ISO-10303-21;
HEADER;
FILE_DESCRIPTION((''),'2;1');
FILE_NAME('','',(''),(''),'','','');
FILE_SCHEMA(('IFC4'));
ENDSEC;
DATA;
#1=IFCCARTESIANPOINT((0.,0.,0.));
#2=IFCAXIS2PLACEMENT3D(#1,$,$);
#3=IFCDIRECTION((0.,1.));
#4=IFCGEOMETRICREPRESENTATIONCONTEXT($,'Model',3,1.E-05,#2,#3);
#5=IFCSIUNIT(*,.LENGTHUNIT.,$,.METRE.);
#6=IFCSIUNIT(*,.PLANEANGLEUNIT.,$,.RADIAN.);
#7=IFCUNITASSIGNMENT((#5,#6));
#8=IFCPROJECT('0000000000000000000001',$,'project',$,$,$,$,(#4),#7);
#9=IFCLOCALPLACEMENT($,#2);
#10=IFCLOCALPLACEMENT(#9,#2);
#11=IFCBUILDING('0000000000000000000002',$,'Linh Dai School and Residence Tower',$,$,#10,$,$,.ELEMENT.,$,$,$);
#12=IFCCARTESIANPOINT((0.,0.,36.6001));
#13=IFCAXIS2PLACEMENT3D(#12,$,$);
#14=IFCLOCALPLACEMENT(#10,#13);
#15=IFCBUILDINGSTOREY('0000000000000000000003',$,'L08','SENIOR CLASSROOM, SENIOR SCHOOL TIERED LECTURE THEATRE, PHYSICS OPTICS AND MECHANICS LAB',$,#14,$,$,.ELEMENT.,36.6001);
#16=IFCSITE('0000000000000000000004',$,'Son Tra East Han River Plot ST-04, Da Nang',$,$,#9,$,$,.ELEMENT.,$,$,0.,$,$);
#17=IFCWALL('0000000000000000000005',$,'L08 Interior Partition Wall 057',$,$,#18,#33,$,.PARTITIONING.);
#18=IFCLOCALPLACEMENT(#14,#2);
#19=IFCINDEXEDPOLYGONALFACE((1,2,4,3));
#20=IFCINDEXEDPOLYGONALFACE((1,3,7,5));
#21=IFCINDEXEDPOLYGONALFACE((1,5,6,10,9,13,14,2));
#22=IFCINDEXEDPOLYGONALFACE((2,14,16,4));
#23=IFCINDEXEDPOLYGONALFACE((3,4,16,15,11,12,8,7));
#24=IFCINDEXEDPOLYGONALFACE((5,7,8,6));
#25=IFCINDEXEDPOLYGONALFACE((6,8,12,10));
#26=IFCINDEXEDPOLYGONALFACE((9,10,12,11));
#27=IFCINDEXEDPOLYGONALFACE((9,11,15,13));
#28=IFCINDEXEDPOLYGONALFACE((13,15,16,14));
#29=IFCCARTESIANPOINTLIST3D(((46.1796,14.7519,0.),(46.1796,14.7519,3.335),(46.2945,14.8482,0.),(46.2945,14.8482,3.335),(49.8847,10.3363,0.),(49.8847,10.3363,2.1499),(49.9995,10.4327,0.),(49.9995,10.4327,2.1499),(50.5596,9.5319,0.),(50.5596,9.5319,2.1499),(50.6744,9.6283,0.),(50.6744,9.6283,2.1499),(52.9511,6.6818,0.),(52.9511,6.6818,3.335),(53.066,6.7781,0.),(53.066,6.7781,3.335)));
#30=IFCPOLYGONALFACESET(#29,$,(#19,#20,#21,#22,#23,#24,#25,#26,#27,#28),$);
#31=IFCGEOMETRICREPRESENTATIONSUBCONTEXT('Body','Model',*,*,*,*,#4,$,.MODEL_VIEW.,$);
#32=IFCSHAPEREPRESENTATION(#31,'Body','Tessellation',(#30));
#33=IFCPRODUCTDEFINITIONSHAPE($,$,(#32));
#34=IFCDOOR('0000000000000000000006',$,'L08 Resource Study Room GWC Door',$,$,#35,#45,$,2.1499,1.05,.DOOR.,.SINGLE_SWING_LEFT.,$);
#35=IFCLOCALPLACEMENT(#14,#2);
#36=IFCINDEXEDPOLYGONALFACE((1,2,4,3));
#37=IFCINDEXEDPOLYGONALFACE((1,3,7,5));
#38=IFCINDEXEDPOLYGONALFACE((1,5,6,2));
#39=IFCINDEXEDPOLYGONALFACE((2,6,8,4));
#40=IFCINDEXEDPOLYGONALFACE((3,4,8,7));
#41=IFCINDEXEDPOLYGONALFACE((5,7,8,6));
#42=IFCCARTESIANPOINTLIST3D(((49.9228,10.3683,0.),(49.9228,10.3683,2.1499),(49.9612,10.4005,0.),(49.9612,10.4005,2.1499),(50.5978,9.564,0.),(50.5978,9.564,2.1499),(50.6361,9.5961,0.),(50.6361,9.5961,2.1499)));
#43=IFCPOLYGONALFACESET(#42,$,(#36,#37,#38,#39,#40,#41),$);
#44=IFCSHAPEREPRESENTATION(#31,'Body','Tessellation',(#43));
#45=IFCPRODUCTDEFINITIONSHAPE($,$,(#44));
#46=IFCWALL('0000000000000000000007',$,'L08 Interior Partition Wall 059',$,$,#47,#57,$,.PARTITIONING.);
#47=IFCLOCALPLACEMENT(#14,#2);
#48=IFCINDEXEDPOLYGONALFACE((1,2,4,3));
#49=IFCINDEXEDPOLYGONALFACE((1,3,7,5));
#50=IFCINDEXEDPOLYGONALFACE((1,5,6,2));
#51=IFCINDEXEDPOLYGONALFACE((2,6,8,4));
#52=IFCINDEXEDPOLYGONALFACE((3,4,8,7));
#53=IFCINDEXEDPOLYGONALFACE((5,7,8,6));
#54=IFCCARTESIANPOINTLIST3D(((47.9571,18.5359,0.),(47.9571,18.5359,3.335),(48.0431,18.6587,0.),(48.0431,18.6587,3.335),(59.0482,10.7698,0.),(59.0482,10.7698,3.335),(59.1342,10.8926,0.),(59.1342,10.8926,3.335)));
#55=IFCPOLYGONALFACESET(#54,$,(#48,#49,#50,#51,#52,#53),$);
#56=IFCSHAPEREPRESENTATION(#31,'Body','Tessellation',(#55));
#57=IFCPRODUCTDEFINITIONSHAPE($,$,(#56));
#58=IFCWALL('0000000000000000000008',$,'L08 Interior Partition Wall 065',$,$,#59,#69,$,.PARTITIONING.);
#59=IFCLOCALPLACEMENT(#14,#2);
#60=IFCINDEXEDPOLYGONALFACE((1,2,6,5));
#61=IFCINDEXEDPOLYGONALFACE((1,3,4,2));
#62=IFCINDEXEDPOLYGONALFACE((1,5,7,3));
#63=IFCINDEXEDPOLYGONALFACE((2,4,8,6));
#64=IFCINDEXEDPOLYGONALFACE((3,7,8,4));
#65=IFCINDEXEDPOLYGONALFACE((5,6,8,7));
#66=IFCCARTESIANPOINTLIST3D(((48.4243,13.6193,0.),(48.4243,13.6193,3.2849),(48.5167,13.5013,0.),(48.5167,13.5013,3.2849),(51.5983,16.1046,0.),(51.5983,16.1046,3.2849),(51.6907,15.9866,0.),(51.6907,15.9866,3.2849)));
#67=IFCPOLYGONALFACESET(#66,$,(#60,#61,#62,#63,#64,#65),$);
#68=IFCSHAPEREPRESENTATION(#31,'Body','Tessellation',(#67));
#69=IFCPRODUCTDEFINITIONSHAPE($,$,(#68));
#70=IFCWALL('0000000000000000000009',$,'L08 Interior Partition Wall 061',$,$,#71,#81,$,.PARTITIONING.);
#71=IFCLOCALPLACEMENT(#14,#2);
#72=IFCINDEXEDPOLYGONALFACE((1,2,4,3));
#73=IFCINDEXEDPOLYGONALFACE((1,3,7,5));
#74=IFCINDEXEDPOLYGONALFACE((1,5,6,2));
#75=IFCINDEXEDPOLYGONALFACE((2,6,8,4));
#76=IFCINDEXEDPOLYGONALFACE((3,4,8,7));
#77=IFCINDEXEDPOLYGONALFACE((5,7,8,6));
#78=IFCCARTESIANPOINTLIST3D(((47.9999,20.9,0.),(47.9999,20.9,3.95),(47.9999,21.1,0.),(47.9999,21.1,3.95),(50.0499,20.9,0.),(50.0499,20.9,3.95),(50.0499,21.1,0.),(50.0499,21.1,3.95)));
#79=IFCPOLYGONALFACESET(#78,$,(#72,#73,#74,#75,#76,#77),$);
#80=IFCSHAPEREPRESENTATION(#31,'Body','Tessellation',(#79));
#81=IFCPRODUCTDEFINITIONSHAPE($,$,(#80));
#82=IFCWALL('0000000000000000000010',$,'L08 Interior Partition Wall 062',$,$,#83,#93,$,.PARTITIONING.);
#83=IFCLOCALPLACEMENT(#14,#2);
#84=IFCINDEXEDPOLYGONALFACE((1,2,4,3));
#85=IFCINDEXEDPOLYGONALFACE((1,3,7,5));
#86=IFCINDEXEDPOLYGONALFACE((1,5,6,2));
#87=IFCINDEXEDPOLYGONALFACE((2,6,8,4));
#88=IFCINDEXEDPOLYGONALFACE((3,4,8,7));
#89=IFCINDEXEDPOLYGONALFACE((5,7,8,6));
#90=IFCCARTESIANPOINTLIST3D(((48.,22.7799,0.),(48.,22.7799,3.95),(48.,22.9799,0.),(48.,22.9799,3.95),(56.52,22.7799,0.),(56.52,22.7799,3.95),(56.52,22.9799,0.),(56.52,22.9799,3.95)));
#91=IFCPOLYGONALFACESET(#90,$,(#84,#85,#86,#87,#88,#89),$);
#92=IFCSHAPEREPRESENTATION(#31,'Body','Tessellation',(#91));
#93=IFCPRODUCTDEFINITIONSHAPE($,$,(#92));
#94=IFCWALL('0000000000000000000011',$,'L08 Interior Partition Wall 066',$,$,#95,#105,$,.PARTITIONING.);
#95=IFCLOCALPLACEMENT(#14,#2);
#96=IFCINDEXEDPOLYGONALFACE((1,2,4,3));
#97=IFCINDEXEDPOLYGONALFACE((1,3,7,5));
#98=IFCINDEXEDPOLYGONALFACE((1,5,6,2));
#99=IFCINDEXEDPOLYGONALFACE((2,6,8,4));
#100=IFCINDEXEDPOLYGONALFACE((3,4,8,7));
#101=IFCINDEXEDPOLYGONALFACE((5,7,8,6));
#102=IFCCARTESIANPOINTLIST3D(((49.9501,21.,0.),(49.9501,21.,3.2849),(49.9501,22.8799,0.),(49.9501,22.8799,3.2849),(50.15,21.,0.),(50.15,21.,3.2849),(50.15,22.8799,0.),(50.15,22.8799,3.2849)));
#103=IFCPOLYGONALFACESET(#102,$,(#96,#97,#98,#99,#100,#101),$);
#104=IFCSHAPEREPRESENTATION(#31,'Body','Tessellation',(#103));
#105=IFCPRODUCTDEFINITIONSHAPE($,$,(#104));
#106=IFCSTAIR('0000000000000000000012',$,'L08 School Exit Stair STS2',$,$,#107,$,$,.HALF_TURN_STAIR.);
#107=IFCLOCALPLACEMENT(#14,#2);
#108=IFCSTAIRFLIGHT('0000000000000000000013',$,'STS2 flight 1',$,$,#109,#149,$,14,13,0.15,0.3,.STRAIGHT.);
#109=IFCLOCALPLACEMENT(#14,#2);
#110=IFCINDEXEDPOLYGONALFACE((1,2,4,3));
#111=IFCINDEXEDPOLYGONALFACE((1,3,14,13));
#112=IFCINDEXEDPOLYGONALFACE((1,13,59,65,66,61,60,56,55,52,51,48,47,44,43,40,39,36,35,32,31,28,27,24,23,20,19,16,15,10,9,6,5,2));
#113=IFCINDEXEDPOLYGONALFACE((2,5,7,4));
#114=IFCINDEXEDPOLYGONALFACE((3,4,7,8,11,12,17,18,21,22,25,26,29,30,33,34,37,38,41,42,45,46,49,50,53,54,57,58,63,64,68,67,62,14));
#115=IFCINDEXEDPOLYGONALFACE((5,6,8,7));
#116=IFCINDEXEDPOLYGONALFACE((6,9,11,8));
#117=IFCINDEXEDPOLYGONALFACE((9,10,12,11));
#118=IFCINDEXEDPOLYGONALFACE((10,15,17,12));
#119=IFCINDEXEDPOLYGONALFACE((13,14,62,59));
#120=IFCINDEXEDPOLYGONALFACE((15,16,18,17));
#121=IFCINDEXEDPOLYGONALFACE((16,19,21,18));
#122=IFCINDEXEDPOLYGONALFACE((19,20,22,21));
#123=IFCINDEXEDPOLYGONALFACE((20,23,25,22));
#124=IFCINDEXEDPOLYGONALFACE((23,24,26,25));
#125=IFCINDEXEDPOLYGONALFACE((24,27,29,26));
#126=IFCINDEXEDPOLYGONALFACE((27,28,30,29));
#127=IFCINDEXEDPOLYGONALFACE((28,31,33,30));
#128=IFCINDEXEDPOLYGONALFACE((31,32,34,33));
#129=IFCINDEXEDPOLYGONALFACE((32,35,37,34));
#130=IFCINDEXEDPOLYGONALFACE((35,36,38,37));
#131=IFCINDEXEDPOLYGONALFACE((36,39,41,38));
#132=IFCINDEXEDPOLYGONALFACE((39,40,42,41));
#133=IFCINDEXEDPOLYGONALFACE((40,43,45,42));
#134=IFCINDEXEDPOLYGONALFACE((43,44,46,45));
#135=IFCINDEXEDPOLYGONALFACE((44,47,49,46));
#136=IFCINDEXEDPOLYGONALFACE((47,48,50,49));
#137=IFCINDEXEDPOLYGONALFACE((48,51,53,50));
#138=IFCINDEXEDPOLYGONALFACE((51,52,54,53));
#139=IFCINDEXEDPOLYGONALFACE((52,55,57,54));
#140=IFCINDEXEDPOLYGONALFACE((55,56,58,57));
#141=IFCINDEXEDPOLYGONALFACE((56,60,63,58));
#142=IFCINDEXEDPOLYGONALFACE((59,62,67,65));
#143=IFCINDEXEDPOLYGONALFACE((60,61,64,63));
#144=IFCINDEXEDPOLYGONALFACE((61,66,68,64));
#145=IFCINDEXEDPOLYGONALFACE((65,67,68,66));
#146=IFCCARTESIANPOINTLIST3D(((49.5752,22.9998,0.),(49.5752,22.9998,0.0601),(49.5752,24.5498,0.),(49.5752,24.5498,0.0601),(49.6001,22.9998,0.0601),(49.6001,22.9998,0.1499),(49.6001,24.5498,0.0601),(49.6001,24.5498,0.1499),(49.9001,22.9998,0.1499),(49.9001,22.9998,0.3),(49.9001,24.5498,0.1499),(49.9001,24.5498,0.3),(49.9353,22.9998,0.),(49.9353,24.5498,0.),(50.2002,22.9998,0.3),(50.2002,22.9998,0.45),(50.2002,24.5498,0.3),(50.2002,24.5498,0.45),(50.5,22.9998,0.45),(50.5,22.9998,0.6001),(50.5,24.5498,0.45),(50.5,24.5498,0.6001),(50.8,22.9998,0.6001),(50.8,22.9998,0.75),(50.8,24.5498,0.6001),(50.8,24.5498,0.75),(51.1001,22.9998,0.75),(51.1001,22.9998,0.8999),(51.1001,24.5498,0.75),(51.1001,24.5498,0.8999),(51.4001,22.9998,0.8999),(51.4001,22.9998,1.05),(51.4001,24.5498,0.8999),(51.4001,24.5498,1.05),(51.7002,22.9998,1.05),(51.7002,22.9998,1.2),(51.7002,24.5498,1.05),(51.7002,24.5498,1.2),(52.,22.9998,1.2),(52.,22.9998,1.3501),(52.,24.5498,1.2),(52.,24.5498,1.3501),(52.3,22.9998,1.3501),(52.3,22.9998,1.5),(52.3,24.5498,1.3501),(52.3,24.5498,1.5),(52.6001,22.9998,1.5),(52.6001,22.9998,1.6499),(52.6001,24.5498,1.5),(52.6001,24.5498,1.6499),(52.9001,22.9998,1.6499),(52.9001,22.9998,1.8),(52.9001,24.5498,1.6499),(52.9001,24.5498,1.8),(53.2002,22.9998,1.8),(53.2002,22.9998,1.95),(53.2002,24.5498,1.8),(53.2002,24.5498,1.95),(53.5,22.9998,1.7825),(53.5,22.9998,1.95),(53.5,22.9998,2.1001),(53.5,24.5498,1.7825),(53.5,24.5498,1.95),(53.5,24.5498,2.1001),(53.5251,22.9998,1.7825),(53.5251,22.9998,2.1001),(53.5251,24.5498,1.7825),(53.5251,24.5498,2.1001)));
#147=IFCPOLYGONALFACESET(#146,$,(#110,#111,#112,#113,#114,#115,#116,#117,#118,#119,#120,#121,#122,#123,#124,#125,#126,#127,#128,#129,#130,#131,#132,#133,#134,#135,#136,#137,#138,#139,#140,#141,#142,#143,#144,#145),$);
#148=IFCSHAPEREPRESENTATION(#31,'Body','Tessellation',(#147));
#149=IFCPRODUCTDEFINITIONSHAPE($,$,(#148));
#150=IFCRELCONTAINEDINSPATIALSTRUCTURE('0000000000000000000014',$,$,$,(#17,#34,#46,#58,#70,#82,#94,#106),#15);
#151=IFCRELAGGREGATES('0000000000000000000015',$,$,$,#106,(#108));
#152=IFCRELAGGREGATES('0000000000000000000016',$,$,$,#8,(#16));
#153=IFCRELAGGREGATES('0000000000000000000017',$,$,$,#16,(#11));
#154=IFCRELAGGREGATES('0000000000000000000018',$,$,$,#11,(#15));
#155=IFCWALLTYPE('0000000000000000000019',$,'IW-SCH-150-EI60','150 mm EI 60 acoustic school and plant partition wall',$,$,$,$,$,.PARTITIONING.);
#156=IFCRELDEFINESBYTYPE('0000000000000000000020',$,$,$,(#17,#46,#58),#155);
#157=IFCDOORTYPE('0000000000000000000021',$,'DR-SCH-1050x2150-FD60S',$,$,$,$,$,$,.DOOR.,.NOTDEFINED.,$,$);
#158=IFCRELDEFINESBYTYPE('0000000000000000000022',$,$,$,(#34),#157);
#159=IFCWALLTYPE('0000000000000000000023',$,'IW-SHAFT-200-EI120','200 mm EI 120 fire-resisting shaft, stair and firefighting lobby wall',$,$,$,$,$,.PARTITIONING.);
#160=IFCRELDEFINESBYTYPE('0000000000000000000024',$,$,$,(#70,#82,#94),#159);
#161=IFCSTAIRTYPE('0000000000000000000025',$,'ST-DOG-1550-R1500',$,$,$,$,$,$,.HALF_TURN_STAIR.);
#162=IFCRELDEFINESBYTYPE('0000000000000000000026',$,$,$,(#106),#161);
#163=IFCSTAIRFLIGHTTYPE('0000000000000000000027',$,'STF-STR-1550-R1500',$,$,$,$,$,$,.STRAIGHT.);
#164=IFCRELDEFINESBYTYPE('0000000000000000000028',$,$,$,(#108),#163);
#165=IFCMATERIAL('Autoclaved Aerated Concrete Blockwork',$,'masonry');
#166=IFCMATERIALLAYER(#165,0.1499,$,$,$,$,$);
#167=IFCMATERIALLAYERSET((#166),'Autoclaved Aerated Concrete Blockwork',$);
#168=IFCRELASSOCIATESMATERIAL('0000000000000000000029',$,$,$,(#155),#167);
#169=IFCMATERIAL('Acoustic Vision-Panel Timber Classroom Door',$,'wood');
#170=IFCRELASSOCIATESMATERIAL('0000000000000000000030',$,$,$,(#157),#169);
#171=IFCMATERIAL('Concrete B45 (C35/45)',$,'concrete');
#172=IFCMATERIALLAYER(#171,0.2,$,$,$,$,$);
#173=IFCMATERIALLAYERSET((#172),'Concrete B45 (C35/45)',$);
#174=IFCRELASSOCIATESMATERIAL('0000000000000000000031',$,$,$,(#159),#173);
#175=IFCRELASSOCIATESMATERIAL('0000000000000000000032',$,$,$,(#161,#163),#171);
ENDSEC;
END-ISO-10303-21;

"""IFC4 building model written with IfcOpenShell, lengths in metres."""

from ifc_helpers import new_model, si_unit, direction, frame, frame_2d, origin, origin_2d, place, context, subcontext, project, spatial, polyline, rectangle, outline, extrude, source, transform, mapped, material, layer, layer_set, type_object, element, fill, aggregate, save


model = new_model("IFC4")

# Units and contexts
model_context = context("Model", 3, precision=1e-05, world=origin(), true_north=direction((0.0, 1.0)))
body_context = subcontext(model_context, "Body", "Model", "MODEL_VIEW")
ifc_project = project(units=[si_unit("LENGTHUNIT", "METRE"), si_unit("PLANEANGLEUNIT", "RADIAN")], contexts=[model_context])

# Site, building, storey
site_placement = place(None, origin())
site = spatial("IfcSite", under=ifc_project, at=site_placement, Name="Son Tra East Han River Plot ST-04, Da Nang", CompositionType="ELEMENT", RefElevation=0.0)
building_placement = place(site_placement, origin())
building = spatial("IfcBuilding", under=site, at=building_placement, Name="Linh Dai School and Residence Tower", CompositionType="ELEMENT")
storey_placement = place(building_placement, frame((0.0, 0.0, 36.6001)))
storey = spatial("IfcBuildingStorey", under=building, at=storey_placement, Name="L08", Description="SENIOR CLASSROOM, SENIOR SCHOOL TIERED LECTURE THEATRE, PHYSICS OPTICS AND MECHANICS LAB", CompositionType="ELEMENT", Elevation=36.6001)

# Shared definitions
ifc_material_1 = material(Name="Autoclaved Aerated Concrete Blockwork", Category="masonry")

# Wall, opening, door
ifc_layer_1 = layer(ifc_material_1, 0.1499)
ifc_layer_set_1 = layer_set([ifc_layer_1], Name="Autoclaved Aerated Concrete Blockwork")
wall_type_1 = type_object("IfcWallType", Name="IW-SCH-150-EI60", Description="150 mm EI 60 acoustic school and plant partition wall", PredefinedType="PARTITIONING", material=ifc_layer_set_1)
wall_1_placement = place(storey_placement, frame((46.2371, 14.8, 0.0), z_axis=(0.0, 0.0, 1.0), x_axis=(0.642782, -0.766049, 0.0)))
wall_1 = element("IfcWall", 1, at=wall_1_placement, inside=storey, type_object=wall_type_1, Name="L08 Interior Partition Wall 057", PredefinedType="PARTITIONING", context=body_context, shape_type="SweptSolid", body=[
    extrude(rectangle(XDim=10.5347, YDim=0.1499, at=frame_2d((5.2673, 0.0))), origin(), (0.0, 0.0, 1.0), 3.335),
])
opening_1_placement = place(wall_1_placement, frame((5.7642, 0.0, 0.0)))
opening_1 = element("IfcOpeningElement", 2, at=opening_1_placement, cuts=wall_1, PredefinedType="OPENING", context=body_context, shape_type="SweptSolid", body=[
    extrude(rectangle(XDim=1.05, YDim=2.1499, at=origin_2d()), frame((0.5249, 0.085, 1.075), z_axis=(0.0, -1.0, 0.0), x_axis=(1.0, 0.0, 0.0)), (0.0, 0.0, 1.0), 0.1699),
])
ifc_material_2 = material(Name="Acoustic Vision-Panel Timber Classroom Door", Category="wood")
door_type_1 = type_object("IfcDoorType", Name="DR-SCH-1050x2150-FD60S", OperationType="NOTDEFINED", PredefinedType="DOOR", material=ifc_material_2)
shared_shape_1 = source(origin(), body_context, "Body", "SweptSolid", [
    extrude(rectangle(XDim=1.05, YDim=2.1499, at=origin_2d()), frame((0.5249, 0.0249, 1.075), z_axis=(0.0, -1.0, 0.0), x_axis=(1.0, 0.0, 0.0)), (0.0, 0.0, 1.0), 0.05),
])
door_1_placement = place(opening_1_placement, origin())
door_1 = element("IfcDoor", 3, at=door_1_placement, inside=storey, type_object=door_type_1, Name="L08 Resource Study Room GWC Door", OperationType="SINGLE_SWING_LEFT", OverallHeight=2.1499, OverallWidth=1.05, PredefinedType="DOOR", context=body_context, shape_type="MappedRepresentation", body=[
    mapped(shared_shape_1, transform((0.0, 0.0, 0.0), x_axis=(1.0, 0.0, 0.0), y_axis=(0.0, 1.0, 0.0), z_axis=(0.0, 0.0, 1.0), scale=1.0)),
])
fill(opening_1, door_1)

# Walls
wall_2_placement = place(storey_placement, frame((48.0, 18.5974, 0.0), z_axis=(0.0, 0.0, 1.0), x_axis=(0.81915, -0.57358, 0.0)))
element("IfcWall", 4, at=wall_2_placement, inside=storey, type_object=wall_type_1, Name="L08 Interior Partition Wall 059", PredefinedType="PARTITIONING", context=body_context, shape_type="SweptSolid", body=[
    extrude(rectangle(XDim=13.5398, YDim=0.1499, at=frame_2d((6.77, 0.0))), origin(), (0.0, 0.0, 1.0), 3.335),
])
wall_3_placement = place(storey_placement, frame((48.4705, 13.5603, 0.0), z_axis=(0.0, 0.0, 1.0), x_axis=(0.787349, 0.616507, 0.0)))
element("IfcWall", 5, at=wall_3_placement, inside=storey, type_object=wall_type_1, Name="L08 Interior Partition Wall 065", PredefinedType="PARTITIONING", context=body_context, shape_type="SweptSolid", body=[
    extrude(rectangle(XDim=4.0312, YDim=0.1499, at=frame_2d((2.0156, 0.0))), origin(), (0.0, 0.0, 1.0), 3.2849),
])

# Shared definitions
ifc_material_3 = material(Name="Concrete B45 (C35/45)", Category="concrete")
ifc_layer_2 = layer(ifc_material_3, 0.2)
ifc_layer_set_2 = layer_set([ifc_layer_2], Name="Concrete B45 (C35/45)")
wall_type_2 = type_object("IfcWallType", Name="IW-SHAFT-200-EI120", Description="200 mm EI 120 fire-resisting shaft, stair and firefighting lobby wall", PredefinedType="PARTITIONING", material=ifc_layer_set_2)

# Walls
wall_4_placement = place(storey_placement, frame((48.0, 21.0, 0.0), z_axis=(0.0, 0.0, 1.0), x_axis=(1.0, 0.0, 0.0)))
element("IfcWall", 6, at=wall_4_placement, inside=storey, type_object=wall_type_2, Name="L08 Interior Partition Wall 061", PredefinedType="PARTITIONING", context=body_context, shape_type="SweptSolid", body=[
    extrude(rectangle(XDim=2.05, YDim=0.2, at=frame_2d((1.0249, 0.0))), origin(), (0.0, 0.0, 1.0), 3.95),
])
wall_5_placement = place(storey_placement, frame((48.0, 22.8799, 0.0), z_axis=(0.0, 0.0, 1.0), x_axis=(1.0, 0.0, 0.0)))
element("IfcWall", 7, at=wall_5_placement, inside=storey, type_object=wall_type_2, Name="L08 Interior Partition Wall 062", PredefinedType="PARTITIONING", context=body_context, shape_type="SweptSolid", body=[
    extrude(rectangle(XDim=8.52, YDim=0.2, at=frame_2d((4.26, 0.0))), origin(), (0.0, 0.0, 1.0), 3.95),
])
wall_6_placement = place(storey_placement, frame((50.05, 21.0, 0.0), z_axis=(0.0, 0.0, 1.0), x_axis=(0.0, 1.0, 0.0)))
element("IfcWall", 8, at=wall_6_placement, inside=storey, type_object=wall_type_2, Name="L08 Interior Partition Wall 066", PredefinedType="PARTITIONING", context=body_context, shape_type="SweptSolid", body=[
    extrude(rectangle(XDim=1.8799, YDim=0.2, at=frame_2d((0.9399, 0.0))), origin(), (0.0, 0.0, 1.0), 3.2849),
])

# Stair, stair flight
stair_type = type_object("IfcStairType", Name="ST-DOG-1550-R1500", PredefinedType="HALF_TURN_STAIR", material=ifc_material_3)
stair_placement = place(storey_placement, origin())
stair = element("IfcStair", 9, at=stair_placement, inside=storey, type_object=stair_type, Name="L08 School Exit Stair STS2", PredefinedType="HALF_TURN_STAIR")
stair_flight_type = type_object("IfcStairFlightType", Name="STF-STR-1550-R1500", PredefinedType="STRAIGHT", material=ifc_material_3)
shared_shape_2 = source(origin(), body_context, "Body", "SweptSolid", [
    extrude(outline(polyline([(-0.0249, 0.0), (-0.0249, 0.0601), (0.0, 0.0601), (0.0, 0.1499), (0.3, 0.1499), (0.3, 0.3), (0.6001, 0.3), (0.6001, 0.45), (0.8999, 0.45), (0.8999, 0.6001), (1.2, 0.6001), (1.2, 0.75), (1.5, 0.75), (1.5, 0.8999), (1.8, 0.8999), (1.8, 1.05), (2.1001, 1.05), (2.1001, 1.2), (2.3999, 1.2), (2.3999, 1.3501), (2.7, 1.3501), (2.7, 1.5), (3.0, 1.5), (3.0, 1.6499), (3.3, 1.6499), (3.3, 1.8), (3.6001, 1.8), (3.6001, 1.95), (3.8999, 1.95), (3.8999, 2.1001), (3.925, 2.1001), (3.925, 1.7825), (3.8999, 1.7825), (0.3352, 0.0), (-0.0249, 0.0)])), frame((0.0, 0.7749, 0.0), z_axis=(0.0, -1.0, 0.0), x_axis=(1.0, 0.0, 0.0)), (0.0, 0.0, 1.0), 1.55),
])
stair_flight_placement = place(storey_placement, frame((49.6001, 23.7749, 0.0), z_axis=(0.0, 0.0, 1.0), x_axis=(1.0, 0.0, 0.0)))
stair_flight = element("IfcStairFlight", 10, at=stair_flight_placement, type_object=stair_flight_type, Name="STS2 flight 1", NumberOfRisers=14, NumberOfTreads=13, PredefinedType="STRAIGHT", RiserHeight=0.15, TreadLength=0.3, context=body_context, shape_type="MappedRepresentation", body=[
    mapped(shared_shape_2, transform((0.0, 0.0, 0.0), x_axis=(1.0, 0.0, 0.0), y_axis=(0.0, 1.0, 0.0), z_axis=(0.0, 0.0, 1.0), scale=1.0)),
])
aggregate(stair, [stair_flight])

save(model, "model.ifc")
